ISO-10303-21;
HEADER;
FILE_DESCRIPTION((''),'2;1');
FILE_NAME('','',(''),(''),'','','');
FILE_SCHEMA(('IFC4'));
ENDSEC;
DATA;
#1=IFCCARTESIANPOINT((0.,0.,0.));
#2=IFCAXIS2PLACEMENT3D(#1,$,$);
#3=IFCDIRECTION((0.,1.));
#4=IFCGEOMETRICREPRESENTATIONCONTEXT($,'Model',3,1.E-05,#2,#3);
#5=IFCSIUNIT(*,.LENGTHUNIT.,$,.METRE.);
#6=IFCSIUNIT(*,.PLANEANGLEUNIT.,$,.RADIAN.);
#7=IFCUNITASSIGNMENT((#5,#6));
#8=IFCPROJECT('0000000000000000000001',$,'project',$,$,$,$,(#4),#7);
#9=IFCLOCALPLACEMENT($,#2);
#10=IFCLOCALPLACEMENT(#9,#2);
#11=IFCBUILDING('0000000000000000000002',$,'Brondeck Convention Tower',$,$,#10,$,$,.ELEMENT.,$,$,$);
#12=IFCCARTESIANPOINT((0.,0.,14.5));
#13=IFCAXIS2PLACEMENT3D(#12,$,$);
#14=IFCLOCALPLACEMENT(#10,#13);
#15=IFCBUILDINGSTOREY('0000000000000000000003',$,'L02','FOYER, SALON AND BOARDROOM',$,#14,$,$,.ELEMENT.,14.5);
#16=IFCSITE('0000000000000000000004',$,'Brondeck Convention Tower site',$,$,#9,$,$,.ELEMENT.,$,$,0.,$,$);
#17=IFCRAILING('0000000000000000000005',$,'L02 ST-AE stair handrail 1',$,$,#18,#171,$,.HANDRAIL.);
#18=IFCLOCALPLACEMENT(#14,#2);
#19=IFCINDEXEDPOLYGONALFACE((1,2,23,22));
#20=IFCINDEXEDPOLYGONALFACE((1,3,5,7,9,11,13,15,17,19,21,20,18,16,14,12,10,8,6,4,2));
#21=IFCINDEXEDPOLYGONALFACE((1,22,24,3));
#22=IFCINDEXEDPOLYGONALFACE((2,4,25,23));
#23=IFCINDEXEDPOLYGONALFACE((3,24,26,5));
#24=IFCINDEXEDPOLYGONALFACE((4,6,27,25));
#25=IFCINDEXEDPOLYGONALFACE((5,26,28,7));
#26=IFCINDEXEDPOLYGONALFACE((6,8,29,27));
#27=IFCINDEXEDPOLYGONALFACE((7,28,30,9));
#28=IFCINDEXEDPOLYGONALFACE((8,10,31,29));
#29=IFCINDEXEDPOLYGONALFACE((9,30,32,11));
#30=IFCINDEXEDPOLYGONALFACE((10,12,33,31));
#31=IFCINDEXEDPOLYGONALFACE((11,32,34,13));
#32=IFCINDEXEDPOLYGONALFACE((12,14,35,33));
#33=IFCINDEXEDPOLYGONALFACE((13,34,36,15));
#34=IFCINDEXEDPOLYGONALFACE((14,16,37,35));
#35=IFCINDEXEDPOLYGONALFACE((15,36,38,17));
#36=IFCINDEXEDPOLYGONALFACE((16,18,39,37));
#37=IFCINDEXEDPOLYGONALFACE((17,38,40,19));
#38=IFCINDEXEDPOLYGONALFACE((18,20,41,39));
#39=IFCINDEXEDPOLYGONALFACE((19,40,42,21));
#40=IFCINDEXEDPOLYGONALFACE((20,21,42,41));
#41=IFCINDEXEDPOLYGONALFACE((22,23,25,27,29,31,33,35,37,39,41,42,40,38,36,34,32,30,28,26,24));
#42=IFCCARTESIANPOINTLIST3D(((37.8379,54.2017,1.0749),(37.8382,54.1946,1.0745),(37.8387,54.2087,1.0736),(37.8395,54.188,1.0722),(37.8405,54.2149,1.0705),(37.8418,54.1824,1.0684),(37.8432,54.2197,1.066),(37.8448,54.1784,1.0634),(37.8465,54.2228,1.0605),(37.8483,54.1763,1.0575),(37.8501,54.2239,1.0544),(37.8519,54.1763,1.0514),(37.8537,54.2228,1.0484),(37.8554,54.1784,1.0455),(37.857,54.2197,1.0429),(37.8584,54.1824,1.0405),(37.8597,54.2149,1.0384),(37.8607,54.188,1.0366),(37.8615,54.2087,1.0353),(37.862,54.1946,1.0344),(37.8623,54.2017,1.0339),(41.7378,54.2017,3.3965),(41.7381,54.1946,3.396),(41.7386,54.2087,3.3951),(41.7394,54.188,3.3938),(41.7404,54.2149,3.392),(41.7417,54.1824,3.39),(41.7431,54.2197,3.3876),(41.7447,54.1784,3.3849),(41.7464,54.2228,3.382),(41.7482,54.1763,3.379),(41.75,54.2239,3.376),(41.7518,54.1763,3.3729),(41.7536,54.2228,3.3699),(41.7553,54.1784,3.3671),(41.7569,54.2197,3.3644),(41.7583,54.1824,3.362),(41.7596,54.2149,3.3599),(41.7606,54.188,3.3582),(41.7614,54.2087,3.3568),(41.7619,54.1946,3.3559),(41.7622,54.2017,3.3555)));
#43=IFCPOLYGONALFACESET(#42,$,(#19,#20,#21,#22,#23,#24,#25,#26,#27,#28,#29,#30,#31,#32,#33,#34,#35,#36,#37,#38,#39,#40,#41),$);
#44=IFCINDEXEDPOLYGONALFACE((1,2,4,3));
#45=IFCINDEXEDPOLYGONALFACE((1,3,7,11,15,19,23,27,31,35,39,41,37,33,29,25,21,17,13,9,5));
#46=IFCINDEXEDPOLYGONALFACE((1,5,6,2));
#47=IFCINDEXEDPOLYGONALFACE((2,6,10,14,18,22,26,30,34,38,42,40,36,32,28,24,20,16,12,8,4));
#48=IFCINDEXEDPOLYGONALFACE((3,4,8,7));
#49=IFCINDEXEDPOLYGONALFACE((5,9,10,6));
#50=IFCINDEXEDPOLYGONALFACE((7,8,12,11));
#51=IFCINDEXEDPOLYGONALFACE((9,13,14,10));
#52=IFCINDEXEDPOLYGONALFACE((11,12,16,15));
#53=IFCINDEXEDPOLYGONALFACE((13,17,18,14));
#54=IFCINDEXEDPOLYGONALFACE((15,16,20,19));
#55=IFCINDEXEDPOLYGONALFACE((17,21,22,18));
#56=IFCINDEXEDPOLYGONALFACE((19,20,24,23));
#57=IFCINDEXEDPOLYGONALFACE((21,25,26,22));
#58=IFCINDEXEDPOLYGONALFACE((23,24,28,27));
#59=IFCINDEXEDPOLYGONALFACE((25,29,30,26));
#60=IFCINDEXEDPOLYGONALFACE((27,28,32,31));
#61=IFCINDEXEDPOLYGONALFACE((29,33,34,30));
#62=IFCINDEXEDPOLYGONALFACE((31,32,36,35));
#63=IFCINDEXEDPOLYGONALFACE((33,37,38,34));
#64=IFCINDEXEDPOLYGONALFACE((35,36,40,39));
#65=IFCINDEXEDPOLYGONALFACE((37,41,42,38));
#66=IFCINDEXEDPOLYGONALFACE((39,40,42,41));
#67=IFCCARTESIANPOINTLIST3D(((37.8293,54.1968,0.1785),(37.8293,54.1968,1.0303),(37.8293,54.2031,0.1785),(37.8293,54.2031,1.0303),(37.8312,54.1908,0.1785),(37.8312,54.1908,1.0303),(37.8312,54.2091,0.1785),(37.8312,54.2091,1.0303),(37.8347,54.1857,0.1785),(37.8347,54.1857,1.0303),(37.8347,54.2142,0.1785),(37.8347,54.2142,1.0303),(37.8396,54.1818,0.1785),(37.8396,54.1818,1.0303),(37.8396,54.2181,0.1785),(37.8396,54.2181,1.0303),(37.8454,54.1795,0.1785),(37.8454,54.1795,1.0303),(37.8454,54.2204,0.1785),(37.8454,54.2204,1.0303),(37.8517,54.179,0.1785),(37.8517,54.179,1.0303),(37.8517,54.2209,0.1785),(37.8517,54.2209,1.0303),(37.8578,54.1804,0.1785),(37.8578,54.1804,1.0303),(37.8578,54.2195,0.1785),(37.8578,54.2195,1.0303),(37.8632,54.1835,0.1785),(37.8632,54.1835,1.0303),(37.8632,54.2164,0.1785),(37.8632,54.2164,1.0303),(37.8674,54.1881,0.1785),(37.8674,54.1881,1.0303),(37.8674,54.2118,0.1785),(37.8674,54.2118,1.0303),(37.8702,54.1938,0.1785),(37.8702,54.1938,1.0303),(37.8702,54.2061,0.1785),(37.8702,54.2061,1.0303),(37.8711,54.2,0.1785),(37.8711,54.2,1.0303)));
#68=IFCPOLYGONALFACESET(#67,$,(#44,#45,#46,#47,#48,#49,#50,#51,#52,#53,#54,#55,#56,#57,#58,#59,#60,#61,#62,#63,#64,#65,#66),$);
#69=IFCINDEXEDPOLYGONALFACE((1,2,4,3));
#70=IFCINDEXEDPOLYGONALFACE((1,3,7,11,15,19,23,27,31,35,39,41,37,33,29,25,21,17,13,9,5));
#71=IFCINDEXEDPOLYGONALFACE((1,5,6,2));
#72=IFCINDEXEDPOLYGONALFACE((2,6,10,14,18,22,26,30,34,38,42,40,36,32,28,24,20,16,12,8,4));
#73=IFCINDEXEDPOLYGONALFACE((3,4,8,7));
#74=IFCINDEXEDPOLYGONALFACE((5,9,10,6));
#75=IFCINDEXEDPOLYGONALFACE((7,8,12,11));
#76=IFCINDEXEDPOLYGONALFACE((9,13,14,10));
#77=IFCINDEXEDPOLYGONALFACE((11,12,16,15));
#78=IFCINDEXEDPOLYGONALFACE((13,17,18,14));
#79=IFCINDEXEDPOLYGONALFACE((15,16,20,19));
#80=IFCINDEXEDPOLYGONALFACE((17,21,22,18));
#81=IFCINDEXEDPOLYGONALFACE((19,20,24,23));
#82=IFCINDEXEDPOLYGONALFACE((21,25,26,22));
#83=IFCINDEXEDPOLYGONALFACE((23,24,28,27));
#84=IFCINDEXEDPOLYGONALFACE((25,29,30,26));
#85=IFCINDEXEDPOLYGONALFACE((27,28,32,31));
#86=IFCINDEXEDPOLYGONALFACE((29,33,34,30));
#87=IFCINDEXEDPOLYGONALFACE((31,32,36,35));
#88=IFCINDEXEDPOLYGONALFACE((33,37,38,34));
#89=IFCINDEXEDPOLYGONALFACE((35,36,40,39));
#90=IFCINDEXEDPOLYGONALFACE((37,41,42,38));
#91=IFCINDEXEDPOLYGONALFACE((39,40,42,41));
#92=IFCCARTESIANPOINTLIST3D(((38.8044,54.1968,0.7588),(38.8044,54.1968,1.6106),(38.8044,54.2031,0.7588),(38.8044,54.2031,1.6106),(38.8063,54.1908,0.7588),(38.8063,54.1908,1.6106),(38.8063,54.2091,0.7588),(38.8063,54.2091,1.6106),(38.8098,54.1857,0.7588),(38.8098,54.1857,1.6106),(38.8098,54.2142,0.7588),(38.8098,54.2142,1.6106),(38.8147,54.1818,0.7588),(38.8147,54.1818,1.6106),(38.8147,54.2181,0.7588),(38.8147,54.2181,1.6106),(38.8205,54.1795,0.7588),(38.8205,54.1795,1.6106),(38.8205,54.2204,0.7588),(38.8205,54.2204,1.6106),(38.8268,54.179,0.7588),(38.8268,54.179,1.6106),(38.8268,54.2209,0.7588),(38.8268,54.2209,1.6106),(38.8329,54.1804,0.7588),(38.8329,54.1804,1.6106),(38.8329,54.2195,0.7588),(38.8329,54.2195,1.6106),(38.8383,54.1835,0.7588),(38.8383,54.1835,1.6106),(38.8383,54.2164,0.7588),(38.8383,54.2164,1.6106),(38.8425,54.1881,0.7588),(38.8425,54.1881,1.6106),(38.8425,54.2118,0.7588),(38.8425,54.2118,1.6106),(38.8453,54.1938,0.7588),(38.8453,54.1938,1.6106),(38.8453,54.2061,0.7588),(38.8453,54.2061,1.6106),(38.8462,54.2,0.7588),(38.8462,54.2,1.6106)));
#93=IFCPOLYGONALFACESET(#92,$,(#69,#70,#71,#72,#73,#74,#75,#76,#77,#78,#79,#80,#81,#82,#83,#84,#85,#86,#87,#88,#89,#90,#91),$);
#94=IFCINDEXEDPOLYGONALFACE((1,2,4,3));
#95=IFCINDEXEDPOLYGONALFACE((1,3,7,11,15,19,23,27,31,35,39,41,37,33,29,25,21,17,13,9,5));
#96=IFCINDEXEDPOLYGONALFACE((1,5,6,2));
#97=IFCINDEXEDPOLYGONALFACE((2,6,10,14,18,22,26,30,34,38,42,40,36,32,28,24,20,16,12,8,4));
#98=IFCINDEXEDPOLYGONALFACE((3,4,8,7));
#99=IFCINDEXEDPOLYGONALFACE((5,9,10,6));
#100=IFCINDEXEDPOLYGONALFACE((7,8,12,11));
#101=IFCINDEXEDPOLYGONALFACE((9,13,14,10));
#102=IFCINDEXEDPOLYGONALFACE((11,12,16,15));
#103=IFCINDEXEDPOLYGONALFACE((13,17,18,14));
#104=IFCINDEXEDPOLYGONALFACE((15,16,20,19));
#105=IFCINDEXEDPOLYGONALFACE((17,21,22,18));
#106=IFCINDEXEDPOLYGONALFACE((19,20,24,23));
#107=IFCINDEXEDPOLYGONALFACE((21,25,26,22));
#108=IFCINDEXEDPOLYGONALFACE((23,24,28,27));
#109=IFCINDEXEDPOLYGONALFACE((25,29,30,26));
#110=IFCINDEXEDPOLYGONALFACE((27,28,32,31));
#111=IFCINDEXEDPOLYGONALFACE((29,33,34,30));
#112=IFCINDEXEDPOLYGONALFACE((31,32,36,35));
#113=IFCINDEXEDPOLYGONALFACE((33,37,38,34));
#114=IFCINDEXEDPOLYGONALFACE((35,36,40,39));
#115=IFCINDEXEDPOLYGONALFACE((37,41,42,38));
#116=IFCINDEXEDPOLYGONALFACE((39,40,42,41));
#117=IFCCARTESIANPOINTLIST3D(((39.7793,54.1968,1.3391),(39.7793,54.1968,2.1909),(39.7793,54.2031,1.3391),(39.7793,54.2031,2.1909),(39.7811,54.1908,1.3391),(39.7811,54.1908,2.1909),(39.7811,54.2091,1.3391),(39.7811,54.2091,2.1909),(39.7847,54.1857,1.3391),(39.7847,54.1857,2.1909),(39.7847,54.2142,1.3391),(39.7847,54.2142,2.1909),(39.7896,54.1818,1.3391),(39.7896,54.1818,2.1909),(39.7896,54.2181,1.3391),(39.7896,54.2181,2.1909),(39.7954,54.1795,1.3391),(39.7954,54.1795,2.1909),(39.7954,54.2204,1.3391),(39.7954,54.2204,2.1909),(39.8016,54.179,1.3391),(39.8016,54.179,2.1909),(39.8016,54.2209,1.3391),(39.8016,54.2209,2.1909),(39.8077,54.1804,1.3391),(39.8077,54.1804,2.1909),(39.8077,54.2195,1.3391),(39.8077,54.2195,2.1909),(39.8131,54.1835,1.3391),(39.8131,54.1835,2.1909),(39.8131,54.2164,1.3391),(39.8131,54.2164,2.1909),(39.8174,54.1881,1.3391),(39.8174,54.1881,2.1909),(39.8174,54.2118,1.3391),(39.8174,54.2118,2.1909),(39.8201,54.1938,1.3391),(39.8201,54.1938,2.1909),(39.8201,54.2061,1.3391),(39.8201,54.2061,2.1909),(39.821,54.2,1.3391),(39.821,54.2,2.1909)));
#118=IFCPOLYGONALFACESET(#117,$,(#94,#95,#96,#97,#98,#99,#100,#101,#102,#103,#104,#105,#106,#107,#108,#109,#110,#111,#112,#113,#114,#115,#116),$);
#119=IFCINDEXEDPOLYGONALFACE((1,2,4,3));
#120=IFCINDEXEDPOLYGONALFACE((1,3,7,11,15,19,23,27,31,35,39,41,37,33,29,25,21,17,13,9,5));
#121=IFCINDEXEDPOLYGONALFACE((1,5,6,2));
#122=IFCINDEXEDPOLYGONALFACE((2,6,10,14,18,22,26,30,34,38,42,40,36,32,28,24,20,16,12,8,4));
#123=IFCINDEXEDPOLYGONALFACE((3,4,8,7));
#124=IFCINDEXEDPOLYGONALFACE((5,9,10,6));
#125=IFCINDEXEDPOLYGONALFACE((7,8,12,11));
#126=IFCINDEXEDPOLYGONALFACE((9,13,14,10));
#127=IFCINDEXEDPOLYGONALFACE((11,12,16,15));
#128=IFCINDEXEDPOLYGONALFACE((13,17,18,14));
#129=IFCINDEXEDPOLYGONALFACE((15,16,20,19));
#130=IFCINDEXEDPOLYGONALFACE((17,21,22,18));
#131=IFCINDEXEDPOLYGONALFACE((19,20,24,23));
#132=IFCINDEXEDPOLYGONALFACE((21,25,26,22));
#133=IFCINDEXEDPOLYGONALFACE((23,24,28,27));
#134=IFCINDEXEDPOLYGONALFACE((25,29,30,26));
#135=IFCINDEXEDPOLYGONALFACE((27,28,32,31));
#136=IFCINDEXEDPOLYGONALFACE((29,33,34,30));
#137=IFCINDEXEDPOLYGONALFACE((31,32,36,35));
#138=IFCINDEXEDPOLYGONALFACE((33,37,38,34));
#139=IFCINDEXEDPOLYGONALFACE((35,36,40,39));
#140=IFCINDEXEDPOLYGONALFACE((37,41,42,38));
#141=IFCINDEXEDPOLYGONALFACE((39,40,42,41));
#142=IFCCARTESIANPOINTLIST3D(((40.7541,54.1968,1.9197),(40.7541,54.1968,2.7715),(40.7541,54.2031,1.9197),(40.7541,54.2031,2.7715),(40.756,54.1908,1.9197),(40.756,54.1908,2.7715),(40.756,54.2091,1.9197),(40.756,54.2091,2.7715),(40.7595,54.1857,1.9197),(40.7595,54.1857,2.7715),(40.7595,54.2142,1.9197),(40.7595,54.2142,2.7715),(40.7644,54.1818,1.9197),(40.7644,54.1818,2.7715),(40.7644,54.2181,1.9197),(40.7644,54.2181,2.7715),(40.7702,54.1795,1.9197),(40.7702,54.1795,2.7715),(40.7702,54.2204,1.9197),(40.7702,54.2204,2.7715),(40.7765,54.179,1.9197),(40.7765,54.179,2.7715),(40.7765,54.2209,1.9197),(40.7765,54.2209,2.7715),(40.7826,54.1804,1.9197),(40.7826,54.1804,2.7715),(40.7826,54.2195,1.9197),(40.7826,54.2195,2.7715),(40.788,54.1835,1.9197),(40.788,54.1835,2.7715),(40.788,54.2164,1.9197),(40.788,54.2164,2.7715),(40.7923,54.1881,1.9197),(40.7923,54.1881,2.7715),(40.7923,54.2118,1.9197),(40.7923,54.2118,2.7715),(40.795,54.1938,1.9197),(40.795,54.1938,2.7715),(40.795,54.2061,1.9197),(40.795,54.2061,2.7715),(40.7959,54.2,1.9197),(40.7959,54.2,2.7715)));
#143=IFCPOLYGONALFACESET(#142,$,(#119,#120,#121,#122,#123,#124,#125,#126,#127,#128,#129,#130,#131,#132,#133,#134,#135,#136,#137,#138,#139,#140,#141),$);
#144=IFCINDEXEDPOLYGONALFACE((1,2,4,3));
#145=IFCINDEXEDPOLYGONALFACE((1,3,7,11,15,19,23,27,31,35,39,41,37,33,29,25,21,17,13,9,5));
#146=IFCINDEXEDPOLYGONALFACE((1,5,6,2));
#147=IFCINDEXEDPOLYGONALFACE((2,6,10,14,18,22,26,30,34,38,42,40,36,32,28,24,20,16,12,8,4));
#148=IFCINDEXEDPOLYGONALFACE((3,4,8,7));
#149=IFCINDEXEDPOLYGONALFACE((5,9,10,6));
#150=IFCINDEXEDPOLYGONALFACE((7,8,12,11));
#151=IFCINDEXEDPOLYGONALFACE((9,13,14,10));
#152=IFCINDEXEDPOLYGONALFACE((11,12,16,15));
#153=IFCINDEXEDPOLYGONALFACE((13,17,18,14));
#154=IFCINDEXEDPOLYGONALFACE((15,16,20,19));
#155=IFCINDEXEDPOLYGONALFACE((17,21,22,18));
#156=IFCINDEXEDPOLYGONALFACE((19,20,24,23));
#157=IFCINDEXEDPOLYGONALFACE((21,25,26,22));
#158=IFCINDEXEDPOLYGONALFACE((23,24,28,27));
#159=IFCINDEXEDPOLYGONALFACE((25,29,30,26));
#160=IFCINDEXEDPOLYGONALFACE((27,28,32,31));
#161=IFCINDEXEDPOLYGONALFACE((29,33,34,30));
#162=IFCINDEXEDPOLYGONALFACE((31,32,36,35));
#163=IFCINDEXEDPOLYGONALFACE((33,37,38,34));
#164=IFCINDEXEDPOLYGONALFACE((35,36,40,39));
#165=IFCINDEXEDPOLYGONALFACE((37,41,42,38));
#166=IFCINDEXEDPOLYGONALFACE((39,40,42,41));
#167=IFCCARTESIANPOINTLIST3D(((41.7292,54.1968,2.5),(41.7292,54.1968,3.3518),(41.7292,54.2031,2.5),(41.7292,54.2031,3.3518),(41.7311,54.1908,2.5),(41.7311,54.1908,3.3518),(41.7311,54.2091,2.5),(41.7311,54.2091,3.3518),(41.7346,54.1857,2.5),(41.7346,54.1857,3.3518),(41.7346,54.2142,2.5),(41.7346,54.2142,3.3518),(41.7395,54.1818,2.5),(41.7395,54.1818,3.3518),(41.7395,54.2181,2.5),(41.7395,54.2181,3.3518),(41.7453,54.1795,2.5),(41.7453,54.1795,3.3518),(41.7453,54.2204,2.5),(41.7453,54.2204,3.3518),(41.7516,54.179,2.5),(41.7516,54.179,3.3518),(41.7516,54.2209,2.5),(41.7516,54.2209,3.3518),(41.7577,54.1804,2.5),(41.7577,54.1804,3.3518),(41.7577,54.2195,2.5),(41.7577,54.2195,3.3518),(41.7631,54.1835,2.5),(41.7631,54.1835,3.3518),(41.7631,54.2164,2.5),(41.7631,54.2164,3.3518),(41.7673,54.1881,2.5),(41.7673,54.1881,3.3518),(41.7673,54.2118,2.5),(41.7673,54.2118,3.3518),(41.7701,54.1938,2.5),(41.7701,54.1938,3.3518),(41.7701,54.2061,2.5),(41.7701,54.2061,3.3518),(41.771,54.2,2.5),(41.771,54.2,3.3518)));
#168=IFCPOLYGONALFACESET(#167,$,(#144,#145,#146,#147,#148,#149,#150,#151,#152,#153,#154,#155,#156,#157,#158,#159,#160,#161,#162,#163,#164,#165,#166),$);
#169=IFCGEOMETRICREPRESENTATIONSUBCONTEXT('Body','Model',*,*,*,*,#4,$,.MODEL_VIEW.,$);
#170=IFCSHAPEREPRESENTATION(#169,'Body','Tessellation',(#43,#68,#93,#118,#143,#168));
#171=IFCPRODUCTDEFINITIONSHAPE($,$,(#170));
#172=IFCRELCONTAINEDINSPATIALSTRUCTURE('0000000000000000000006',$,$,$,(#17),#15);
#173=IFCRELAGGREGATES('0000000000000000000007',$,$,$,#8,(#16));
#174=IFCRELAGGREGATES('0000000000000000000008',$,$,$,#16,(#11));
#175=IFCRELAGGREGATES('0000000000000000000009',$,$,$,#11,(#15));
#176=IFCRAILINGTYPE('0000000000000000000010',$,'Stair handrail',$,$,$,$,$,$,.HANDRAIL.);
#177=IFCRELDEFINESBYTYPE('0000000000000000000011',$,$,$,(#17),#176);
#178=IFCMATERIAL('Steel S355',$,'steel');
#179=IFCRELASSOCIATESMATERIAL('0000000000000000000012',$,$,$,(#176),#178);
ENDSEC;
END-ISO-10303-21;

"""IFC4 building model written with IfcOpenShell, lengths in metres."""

from ifc_helpers import new_model, si_unit, direction, frame, origin, origin_2d, place, context, subcontext, project, spatial, circle, extrude, material, type_object, element, save


model = new_model("IFC4")

# Units and contexts
model_context = context("Model", 3, precision=1e-05, world=origin(), true_north=direction((0.0, 1.0)))
body_context = subcontext(model_context, "Body", "Model", "MODEL_VIEW")
ifc_project = project(units=[si_unit("LENGTHUNIT", "METRE"), si_unit("PLANEANGLEUNIT", "RADIAN")], contexts=[model_context])

# Site, building, storey
site_placement = place(None, origin())
site = spatial("IfcSite", under=ifc_project, at=site_placement, Name="Brondeck Convention Tower site", CompositionType="ELEMENT", RefElevation=0.0)
building_placement = place(site_placement, origin())
building = spatial("IfcBuilding", under=site, at=building_placement, Name="Brondeck Convention Tower", CompositionType="ELEMENT")
storey_placement = place(building_placement, frame((0.0, 0.0, 14.5)))
storey = spatial("IfcBuildingStorey", under=building, at=storey_placement, Name="L02", Description="FOYER, SALON AND BOARDROOM", CompositionType="ELEMENT", Elevation=14.5)

# Shared definitions
ifc_material_1 = material(Name="Steel S355", Category="steel")

# Railing
railing_type_1 = type_object("IfcRailingType", Name="Stair handrail", PredefinedType="HANDRAIL", material=ifc_material_1)
railing_1_placement = place(storey_placement, frame((37.8501, 54.2, 0.1785)))
element("IfcRailing", 1, at=railing_1_placement, inside=storey, type_object=railing_type_1, Name="L02 ST-AE stair handrail 1", PredefinedType="HANDRAIL", context=body_context, shape_type="SweptSolid", body=[
    extrude(circle(Radius=0.0239, at=origin_2d()), frame((0.0, 0.0, 0.876), z_axis=(0.859277, 0.0, 0.51151), x_axis=(0.0, 1.0, 0.0)), (0.0, 0.0, 1.0), 4.5386),
    extrude(circle(Radius=0.021, at=origin_2d()), origin(), (0.0, 0.0, 1.0), 0.8518),
    extrude(circle(Radius=0.021, at=origin_2d()), frame((0.9751, 0.0, 0.5803)), (0.0, 0.0, 1.0), 0.8518),
    extrude(circle(Radius=0.021, at=origin_2d()), frame((1.95, 0.0, 1.1606)), (0.0, 0.0, 1.0), 0.8518),
    extrude(circle(Radius=0.021, at=origin_2d()), frame((2.9248, 0.0, 1.7412)), (0.0, 0.0, 1.0), 0.8518),
    extrude(circle(Radius=0.021, at=origin_2d()), frame((3.8999, 0.0, 2.3215)), (0.0, 0.0, 1.0), 0.8518),
])

save(model, "model.ifc")
